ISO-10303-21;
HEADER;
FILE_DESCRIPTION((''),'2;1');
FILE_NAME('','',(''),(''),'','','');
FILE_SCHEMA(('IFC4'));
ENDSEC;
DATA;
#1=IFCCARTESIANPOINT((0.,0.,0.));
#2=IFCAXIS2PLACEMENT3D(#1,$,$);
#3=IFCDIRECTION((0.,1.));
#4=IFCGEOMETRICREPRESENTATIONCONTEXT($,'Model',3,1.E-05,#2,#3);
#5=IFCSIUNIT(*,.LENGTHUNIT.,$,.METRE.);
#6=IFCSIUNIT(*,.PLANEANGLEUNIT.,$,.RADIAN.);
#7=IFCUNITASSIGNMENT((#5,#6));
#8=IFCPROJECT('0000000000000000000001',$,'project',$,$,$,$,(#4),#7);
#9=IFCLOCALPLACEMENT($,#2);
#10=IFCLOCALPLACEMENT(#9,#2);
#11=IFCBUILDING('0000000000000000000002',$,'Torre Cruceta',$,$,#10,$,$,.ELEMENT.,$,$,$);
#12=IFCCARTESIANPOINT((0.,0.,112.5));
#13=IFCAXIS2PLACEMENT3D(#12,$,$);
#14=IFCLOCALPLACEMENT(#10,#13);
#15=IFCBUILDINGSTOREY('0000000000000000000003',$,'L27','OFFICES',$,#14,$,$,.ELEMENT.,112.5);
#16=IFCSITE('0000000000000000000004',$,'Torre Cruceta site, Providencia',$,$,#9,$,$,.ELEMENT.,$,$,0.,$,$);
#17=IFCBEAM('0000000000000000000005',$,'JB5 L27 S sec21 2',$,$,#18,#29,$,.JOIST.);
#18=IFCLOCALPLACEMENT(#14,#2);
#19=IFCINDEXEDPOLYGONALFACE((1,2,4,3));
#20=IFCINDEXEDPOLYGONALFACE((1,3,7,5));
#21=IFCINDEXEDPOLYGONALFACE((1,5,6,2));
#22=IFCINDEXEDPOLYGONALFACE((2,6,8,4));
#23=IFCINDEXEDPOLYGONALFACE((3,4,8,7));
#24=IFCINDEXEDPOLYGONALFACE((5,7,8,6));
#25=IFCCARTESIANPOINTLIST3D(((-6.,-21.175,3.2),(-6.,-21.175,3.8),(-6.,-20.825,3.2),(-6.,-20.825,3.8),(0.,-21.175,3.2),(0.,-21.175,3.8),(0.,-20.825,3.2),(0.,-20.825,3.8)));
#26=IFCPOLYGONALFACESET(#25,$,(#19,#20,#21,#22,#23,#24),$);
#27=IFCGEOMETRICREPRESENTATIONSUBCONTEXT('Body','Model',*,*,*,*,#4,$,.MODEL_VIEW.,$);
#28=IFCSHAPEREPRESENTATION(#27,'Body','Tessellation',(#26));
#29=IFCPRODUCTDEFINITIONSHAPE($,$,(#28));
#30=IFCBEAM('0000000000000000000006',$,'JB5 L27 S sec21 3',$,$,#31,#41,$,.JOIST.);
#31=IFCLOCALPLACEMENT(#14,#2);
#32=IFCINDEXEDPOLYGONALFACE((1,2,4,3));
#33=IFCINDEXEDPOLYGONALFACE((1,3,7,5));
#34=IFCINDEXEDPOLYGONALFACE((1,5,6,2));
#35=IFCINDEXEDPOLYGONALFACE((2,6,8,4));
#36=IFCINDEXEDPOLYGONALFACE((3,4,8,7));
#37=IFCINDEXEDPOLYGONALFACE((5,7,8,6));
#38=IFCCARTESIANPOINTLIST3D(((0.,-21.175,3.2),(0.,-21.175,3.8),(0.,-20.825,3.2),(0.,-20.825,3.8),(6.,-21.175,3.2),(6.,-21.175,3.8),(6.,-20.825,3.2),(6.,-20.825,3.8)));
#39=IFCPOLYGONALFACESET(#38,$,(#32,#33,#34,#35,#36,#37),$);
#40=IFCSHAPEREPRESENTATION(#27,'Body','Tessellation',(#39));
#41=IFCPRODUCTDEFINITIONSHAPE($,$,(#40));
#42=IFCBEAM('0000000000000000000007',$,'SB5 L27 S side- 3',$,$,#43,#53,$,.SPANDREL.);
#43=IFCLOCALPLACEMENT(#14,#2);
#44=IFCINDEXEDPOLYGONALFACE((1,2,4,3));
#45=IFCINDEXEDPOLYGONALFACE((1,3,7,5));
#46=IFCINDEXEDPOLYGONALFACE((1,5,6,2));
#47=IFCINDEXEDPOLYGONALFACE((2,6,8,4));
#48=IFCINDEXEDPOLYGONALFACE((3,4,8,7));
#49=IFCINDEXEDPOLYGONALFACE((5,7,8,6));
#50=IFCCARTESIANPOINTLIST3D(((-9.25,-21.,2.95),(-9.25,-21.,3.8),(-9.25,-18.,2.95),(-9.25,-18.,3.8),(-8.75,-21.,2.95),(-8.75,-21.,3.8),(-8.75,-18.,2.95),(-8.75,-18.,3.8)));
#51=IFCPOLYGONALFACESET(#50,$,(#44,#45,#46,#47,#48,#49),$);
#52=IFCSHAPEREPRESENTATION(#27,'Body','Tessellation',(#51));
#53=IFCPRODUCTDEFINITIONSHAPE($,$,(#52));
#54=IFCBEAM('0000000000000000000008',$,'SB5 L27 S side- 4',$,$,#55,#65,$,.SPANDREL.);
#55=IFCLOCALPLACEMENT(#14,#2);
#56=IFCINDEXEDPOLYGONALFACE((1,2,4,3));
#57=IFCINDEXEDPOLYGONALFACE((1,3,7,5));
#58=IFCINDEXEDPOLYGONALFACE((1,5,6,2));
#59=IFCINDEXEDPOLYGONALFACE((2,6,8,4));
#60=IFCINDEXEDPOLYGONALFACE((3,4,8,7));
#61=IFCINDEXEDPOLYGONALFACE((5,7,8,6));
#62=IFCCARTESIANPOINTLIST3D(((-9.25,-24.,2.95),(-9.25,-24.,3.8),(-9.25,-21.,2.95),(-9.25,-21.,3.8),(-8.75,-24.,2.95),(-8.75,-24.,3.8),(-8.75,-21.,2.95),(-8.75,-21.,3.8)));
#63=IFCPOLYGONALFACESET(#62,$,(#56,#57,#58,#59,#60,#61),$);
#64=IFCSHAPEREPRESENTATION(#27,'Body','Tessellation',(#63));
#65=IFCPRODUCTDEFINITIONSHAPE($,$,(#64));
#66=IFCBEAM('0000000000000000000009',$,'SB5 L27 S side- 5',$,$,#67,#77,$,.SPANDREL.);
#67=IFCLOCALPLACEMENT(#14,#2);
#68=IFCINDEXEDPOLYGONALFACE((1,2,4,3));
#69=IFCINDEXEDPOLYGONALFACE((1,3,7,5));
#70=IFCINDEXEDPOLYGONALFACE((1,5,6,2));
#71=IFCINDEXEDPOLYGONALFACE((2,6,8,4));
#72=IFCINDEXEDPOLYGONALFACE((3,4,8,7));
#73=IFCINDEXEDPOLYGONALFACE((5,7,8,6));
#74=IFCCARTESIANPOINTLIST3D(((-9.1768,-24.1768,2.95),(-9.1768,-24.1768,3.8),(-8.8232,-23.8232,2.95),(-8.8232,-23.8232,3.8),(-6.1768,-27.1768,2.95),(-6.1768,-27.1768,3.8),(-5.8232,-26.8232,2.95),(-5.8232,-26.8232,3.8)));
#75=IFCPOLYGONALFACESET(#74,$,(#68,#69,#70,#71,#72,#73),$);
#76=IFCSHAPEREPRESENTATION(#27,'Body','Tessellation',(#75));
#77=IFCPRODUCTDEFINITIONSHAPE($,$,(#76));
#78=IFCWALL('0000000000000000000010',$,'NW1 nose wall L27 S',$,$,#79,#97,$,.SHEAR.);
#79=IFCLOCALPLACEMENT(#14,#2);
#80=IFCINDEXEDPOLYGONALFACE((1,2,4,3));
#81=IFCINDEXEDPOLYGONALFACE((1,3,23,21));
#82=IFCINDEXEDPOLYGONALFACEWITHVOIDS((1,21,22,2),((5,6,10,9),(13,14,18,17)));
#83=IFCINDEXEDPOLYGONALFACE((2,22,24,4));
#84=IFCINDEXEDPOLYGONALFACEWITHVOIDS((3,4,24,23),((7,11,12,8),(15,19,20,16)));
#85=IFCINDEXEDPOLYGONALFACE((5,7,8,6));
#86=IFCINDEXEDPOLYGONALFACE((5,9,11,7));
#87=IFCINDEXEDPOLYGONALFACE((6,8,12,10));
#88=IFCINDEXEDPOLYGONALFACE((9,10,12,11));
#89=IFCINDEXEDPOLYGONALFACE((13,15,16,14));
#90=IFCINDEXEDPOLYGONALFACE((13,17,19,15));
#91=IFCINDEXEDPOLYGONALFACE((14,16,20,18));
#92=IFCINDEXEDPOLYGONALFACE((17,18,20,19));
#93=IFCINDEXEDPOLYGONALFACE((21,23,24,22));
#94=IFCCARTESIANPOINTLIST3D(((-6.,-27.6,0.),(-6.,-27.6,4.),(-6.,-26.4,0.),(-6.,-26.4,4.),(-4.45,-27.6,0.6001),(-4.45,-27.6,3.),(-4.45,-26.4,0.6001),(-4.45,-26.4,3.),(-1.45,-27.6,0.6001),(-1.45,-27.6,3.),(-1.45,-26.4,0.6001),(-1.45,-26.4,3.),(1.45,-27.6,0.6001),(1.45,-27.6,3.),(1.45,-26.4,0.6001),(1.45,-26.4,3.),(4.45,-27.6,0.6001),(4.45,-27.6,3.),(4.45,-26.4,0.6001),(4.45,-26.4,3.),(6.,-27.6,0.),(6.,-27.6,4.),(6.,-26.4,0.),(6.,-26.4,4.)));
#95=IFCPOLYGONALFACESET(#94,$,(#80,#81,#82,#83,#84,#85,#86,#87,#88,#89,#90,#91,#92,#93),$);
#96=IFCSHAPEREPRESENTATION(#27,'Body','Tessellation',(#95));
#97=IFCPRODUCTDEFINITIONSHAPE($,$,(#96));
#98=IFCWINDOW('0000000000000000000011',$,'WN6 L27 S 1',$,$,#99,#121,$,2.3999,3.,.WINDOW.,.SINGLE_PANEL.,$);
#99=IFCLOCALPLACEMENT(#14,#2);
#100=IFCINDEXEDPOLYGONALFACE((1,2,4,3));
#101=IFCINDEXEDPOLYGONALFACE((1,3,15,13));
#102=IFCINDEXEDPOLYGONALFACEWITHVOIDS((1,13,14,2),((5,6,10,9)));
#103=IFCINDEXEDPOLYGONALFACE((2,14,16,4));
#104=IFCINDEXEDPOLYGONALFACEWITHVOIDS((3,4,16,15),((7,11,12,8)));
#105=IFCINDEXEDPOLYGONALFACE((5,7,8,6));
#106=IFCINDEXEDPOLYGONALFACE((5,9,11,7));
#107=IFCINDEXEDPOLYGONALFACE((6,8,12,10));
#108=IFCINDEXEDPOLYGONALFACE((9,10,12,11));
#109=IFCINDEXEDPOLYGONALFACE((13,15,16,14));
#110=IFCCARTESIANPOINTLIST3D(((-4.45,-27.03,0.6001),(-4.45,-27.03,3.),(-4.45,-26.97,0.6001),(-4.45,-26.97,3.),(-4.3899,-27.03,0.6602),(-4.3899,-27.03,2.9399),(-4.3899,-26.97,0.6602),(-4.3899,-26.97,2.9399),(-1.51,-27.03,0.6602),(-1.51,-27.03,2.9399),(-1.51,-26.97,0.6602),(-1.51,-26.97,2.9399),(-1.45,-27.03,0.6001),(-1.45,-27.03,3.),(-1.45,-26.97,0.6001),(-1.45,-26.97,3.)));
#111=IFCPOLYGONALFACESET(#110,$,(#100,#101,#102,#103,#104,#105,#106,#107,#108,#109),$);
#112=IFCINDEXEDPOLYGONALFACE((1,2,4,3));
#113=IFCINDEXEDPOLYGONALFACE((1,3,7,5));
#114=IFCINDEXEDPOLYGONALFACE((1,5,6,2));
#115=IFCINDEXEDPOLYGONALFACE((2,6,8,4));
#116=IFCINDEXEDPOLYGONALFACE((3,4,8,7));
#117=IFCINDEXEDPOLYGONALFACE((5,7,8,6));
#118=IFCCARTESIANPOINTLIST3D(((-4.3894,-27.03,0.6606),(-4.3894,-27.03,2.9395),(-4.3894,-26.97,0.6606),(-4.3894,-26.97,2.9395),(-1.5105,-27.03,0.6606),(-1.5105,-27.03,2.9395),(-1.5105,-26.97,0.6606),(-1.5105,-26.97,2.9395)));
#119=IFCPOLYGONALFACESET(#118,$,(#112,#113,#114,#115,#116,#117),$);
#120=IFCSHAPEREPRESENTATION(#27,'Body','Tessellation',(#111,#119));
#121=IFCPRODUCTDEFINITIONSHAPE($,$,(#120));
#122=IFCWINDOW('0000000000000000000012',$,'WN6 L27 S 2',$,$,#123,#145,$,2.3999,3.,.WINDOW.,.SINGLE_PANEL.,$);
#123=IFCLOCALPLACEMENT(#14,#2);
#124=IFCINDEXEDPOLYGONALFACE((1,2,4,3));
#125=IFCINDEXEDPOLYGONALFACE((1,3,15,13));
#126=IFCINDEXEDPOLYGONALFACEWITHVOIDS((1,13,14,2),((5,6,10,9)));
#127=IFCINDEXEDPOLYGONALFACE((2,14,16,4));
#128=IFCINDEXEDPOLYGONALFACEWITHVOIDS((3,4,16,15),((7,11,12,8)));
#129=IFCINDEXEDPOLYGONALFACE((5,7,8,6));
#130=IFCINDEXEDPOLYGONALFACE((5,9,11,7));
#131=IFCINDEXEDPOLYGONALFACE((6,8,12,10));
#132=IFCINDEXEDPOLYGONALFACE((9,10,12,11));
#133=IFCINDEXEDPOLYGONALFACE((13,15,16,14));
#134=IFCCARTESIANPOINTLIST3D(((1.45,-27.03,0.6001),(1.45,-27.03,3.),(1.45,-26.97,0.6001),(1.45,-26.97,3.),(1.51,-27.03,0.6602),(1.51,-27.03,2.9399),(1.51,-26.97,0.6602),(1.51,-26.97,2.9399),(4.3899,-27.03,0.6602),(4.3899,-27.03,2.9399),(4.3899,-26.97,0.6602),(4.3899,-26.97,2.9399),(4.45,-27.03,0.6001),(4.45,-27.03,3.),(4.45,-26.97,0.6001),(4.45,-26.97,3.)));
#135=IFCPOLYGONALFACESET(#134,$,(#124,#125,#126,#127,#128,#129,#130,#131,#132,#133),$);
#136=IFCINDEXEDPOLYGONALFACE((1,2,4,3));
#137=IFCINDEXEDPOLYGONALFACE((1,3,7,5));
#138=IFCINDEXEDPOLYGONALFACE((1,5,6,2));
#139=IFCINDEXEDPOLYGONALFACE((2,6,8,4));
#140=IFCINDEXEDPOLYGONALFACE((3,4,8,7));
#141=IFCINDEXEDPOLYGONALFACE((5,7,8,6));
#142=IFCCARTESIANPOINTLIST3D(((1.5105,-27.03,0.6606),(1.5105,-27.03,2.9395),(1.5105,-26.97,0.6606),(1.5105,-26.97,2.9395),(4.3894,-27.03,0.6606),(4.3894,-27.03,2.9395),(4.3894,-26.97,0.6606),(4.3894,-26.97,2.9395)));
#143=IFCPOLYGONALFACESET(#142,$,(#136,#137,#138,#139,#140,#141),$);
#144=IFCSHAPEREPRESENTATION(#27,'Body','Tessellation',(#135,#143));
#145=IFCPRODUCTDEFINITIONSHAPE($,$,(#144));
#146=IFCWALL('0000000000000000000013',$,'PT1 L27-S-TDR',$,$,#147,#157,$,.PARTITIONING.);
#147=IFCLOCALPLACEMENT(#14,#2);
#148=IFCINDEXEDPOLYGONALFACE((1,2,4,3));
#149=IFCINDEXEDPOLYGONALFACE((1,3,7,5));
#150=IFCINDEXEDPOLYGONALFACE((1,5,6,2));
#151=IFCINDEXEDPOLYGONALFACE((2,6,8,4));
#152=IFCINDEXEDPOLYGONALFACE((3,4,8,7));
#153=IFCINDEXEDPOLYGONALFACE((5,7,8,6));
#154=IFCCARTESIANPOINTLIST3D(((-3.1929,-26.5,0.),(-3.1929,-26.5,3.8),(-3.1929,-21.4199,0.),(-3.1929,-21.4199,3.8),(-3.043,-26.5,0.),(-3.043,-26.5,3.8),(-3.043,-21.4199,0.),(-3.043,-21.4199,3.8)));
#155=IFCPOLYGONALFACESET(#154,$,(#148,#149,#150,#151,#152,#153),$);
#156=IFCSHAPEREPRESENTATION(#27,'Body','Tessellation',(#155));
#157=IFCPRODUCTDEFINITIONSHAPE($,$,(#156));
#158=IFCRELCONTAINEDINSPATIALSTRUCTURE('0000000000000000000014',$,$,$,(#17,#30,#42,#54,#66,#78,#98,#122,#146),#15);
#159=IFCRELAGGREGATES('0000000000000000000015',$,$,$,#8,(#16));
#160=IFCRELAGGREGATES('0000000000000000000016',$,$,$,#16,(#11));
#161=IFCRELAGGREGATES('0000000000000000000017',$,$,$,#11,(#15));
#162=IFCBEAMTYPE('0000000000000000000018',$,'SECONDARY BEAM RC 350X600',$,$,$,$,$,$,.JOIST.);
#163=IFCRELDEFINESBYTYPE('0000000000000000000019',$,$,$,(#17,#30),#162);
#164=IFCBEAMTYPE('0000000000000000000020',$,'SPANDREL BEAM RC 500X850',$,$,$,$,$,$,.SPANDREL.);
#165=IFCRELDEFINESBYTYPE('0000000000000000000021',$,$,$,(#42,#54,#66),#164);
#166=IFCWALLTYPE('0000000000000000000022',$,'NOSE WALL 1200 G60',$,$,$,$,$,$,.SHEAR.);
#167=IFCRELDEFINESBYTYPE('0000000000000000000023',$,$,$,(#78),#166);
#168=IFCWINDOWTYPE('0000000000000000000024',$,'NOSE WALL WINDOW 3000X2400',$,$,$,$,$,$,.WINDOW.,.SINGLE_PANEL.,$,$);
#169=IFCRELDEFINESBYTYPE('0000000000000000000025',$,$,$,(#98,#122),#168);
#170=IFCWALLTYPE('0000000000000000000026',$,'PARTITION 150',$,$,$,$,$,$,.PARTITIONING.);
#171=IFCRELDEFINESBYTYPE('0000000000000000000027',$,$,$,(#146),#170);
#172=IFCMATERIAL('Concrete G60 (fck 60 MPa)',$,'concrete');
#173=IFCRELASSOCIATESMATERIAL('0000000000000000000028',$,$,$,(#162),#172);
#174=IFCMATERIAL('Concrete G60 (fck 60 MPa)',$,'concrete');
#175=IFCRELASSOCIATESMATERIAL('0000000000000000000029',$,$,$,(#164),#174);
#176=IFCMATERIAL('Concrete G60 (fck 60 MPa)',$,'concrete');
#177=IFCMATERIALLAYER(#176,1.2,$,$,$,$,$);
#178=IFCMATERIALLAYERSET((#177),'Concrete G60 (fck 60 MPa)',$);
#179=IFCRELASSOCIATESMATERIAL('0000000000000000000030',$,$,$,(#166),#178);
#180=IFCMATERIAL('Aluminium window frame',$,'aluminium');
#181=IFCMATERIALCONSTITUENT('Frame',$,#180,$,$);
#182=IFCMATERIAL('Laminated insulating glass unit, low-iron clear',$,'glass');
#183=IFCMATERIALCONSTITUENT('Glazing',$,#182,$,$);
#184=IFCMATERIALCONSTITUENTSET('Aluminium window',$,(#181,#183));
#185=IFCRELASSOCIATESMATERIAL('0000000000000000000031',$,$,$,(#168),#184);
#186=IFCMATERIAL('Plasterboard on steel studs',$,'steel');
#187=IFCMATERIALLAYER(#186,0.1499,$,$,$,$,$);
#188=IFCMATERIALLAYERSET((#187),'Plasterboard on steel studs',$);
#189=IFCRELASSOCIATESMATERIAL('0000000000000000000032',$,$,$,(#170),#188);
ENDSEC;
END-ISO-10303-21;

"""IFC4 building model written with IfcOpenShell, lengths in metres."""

from ifc_helpers import new_model, si_unit, direction, frame, frame_2d, origin, origin_2d, place, context, subcontext, project, spatial, rectangle, hollow_rectangle, extrude, material, layer, layer_set, constituent, constituent_set, material_profile, profile_set, type_object, element, fill, save


model = new_model("IFC4")

# Units and contexts
model_context = context("Model", 3, precision=1e-05, world=origin(), true_north=direction((0.0, 1.0)))
body_context = subcontext(model_context, "Body", "Model", "MODEL_VIEW")
ifc_project = project(units=[si_unit("LENGTHUNIT", "METRE"), si_unit("PLANEANGLEUNIT", "RADIAN")], contexts=[model_context])

# Site, building, storey
site_placement = place(None, origin())
site = spatial("IfcSite", under=ifc_project, at=site_placement, Name="Torre Cruceta site, Providencia", CompositionType="ELEMENT", RefElevation=0.0)
building_placement = place(site_placement, origin())
building = spatial("IfcBuilding", under=site, at=building_placement, Name="Torre Cruceta", CompositionType="ELEMENT")
storey_placement = place(building_placement, frame((0.0, 0.0, 112.5)))
storey = spatial("IfcBuildingStorey", under=building, at=storey_placement, Name="L27", Description="OFFICES", CompositionType="ELEMENT", Elevation=112.5)

# Beams
ifc_material_1 = material(Name="Concrete G60 (fck 60 MPa)", Category="concrete")
ifc_material_profile_1 = material_profile(ifc_material_1, rectangle(XDim=0.3501, YDim=0.6001, at=origin_2d()), Name="RC 350X600")
ifc_profile_set_1 = profile_set([ifc_material_profile_1], Name="Concrete G60 (fck 60 MPa)")
beam_type_1 = type_object("IfcBeamType", Name="SECONDARY BEAM RC 350X600", PredefinedType="JOIST", material=ifc_profile_set_1)
for number, where, z_axis, x_axis, name in (
    (1, (-6.0, -21.0, 3.5), (1.0, 0.0, 0.0), (0.0, 1.0, 0.0), "JB5 L27 S sec21 2"),
    (2, (0.0, -21.0, 3.5), (1.0, 0.0, 0.0), (0.0, 1.0, 0.0), "JB5 L27 S sec21 3"),
):
    element("IfcBeam", number, at=place(storey_placement, frame(where, z_axis=z_axis, x_axis=x_axis)), inside=storey, type_object=beam_type_1, Name=name, PredefinedType="JOIST", context=body_context, shape_type="SweptSolid", body=[
        extrude(rectangle(XDim=0.3501, YDim=0.6001, at=origin_2d()), origin(), (0.0, 0.0, 1.0), 6.0),
    ])
ifc_material_2 = material(Name="Concrete G60 (fck 60 MPa)", Category="concrete")
ifc_material_profile_2 = material_profile(ifc_material_2, rectangle(XDim=0.5, YDim=0.8501, at=origin_2d()), Name="RC 500X850")
ifc_profile_set_2 = profile_set([ifc_material_profile_2], Name="Concrete G60 (fck 60 MPa)")
beam_type_2 = type_object("IfcBeamType", Name="SPANDREL BEAM RC 500X850", PredefinedType="SPANDREL", material=ifc_profile_set_2)
for number, where, z_axis, x_axis, name in (
    (3, (-9.0, -18.0, 3.375), (0.0, -1.0, 0.0), (1.0, 0.0, 0.0), "SB5 L27 S side- 3"),
    (4, (-9.0, -21.0, 3.375), (0.0, -1.0, 0.0), (1.0, 0.0, 0.0), "SB5 L27 S side- 4"),
):
    element("IfcBeam", number, at=place(storey_placement, frame(where, z_axis=z_axis, x_axis=x_axis)), inside=storey, type_object=beam_type_2, Name=name, PredefinedType="SPANDREL", context=body_context, shape_type="SweptSolid", body=[
        extrude(rectangle(XDim=0.5, YDim=0.8501, at=origin_2d()), origin(), (0.0, 0.0, 1.0), 3.0),
    ])
beam_1_placement = place(storey_placement, frame((-9.0, -24.0, 3.375), z_axis=(0.707107, -0.707107, 0.0), x_axis=(0.707107, 0.707107, 0.0)))
element("IfcBeam", 5, at=beam_1_placement, inside=storey, type_object=beam_type_2, Name="SB5 L27 S side- 5", PredefinedType="SPANDREL", context=body_context, shape_type="SweptSolid", body=[
    extrude(rectangle(XDim=0.5, YDim=0.8501, at=origin_2d()), origin(), (0.0, 0.0, 1.0), 4.2427),
])

# Wall, openings, windows
ifc_material_3 = material(Name="Concrete G60 (fck 60 MPa)", Category="concrete")
ifc_layer_1 = layer(ifc_material_3, 1.2)
ifc_layer_set_1 = layer_set([ifc_layer_1], Name="Concrete G60 (fck 60 MPa)")
wall_type_1 = type_object("IfcWallType", Name="NOSE WALL 1200 G60", PredefinedType="SHEAR", material=ifc_layer_set_1)
wall_1_placement = place(storey_placement, frame((-6.0, -27.0, 0.0), z_axis=(0.0, 0.0, 1.0), x_axis=(1.0, 0.0, 0.0)))
wall_1 = element("IfcWall", 6, at=wall_1_placement, inside=storey, type_object=wall_type_1, Name="NW1 nose wall L27 S", PredefinedType="SHEAR", context=body_context, shape_type="SweptSolid", body=[
    extrude(rectangle(XDim=12.0, YDim=1.2, at=frame_2d((6.0, 0.0))), origin(), (0.0, 0.0, 1.0), 4.0),
])
opening_1_placement = place(wall_1_placement, frame((1.55, 0.0, 0.6001)))
opening_1 = element("IfcOpeningElement", 7, at=opening_1_placement, cuts=wall_1, PredefinedType="OPENING", context=body_context, shape_type="SweptSolid", body=[
    extrude(rectangle(XDim=3.0, YDim=2.3999, at=frame_2d((1.5, 1.2))), frame((0.0, 0.6099, 0.0), z_axis=(0.0, -1.0, 0.0), x_axis=(1.0, 0.0, 0.0)), (0.0, 0.0, 1.0), 1.22),
])
opening_2_placement = place(wall_1_placement, frame((7.45, 0.0, 0.6001)))
opening_2 = element("IfcOpeningElement", 8, at=opening_2_placement, cuts=wall_1, PredefinedType="OPENING", context=body_context, shape_type="SweptSolid", body=[
    extrude(rectangle(XDim=3.0, YDim=2.3999, at=frame_2d((1.5, 1.2))), frame((0.0, 0.6099, 0.0), z_axis=(0.0, -1.0, 0.0), x_axis=(1.0, 0.0, 0.0)), (0.0, 0.0, 1.0), 1.22),
])
ifc_material_4 = material(Name="Aluminium window frame", Category="aluminium")
ifc_constituent_1 = constituent(ifc_material_4, Name="Frame")
ifc_material_5 = material(Name="Laminated insulating glass unit, low-iron clear", Category="glass")
ifc_constituent_2 = constituent(ifc_material_5, Name="Glazing")
ifc_constituent_set_1 = constituent_set(constituents=[ifc_constituent_1, ifc_constituent_2], Name="Aluminium window")
window_type = type_object("IfcWindowType", Name="NOSE WALL WINDOW 3000X2400", PartitioningType="SINGLE_PANEL", PredefinedType="WINDOW", material=ifc_constituent_set_1)
window_1_placement = place(opening_1_placement, origin())
window_1 = element("IfcWindow", 9, at=window_1_placement, inside=storey, type_object=window_type, Name="WN6 L27 S 1", OverallHeight=2.3999, OverallWidth=3.0, PartitioningType="SINGLE_PANEL", PredefinedType="WINDOW", context=body_context, shape_type="SweptSolid", body=[
    extrude(hollow_rectangle(XDim=3.0, YDim=2.3999, WallThickness=0.0601, at=frame_2d((1.5, 1.2))), frame((0.0, 0.03, 0.0), z_axis=(0.0, -1.0, 0.0), x_axis=(1.0, 0.0, 0.0)), (0.0, 0.0, 1.0), 0.0601),
    extrude(rectangle(XDim=2.8789, YDim=2.2788, at=frame_2d((1.5, 1.2))), frame((0.0, 0.03, 0.0), z_axis=(0.0, -1.0, 0.0), x_axis=(1.0, 0.0, 0.0)), (0.0, 0.0, 1.0), 0.0601),
])
fill(opening_1, window_1)
window_2_placement = place(opening_2_placement, origin())
window_2 = element("IfcWindow", 10, at=window_2_placement, inside=storey, type_object=window_type, Name="WN6 L27 S 2", OverallHeight=2.3999, OverallWidth=3.0, PartitioningType="SINGLE_PANEL", PredefinedType="WINDOW", context=body_context, shape_type="SweptSolid", body=[
    extrude(hollow_rectangle(XDim=3.0, YDim=2.3999, WallThickness=0.0601, at=frame_2d((1.5, 1.2))), frame((0.0, 0.03, 0.0), z_axis=(0.0, -1.0, 0.0), x_axis=(1.0, 0.0, 0.0)), (0.0, 0.0, 1.0), 0.0601),
    extrude(rectangle(XDim=2.8789, YDim=2.2788, at=frame_2d((1.5, 1.2))), frame((0.0, 0.03, 0.0), z_axis=(0.0, -1.0, 0.0), x_axis=(1.0, 0.0, 0.0)), (0.0, 0.0, 1.0), 0.0601),
])
fill(opening_2, window_2)

# Wall
ifc_material_6 = material(Name="Plasterboard on steel studs", Category="steel")
ifc_layer_2 = layer(ifc_material_6, 0.1499)
ifc_layer_set_2 = layer_set([ifc_layer_2], Name="Plasterboard on steel studs")
wall_type_2 = type_object("IfcWallType", Name="PARTITION 150", PredefinedType="PARTITIONING", material=ifc_layer_set_2)
wall_2_placement = place(storey_placement, frame((-3.1179, -21.4199, 0.0), z_axis=(0.0, 0.0, 1.0), x_axis=(0.0, -1.0, 0.0)))
element("IfcWall", 11, at=wall_2_placement, inside=storey, type_object=wall_type_2, Name="PT1 L27-S-TDR", PredefinedType="PARTITIONING", context=body_context, shape_type="SweptSolid", body=[
    extrude(rectangle(XDim=5.0801, YDim=0.1499, at=frame_2d((2.54, 0.0))), origin(), (0.0, 0.0, 1.0), 3.8),
])

save(model, "model.ifc")
